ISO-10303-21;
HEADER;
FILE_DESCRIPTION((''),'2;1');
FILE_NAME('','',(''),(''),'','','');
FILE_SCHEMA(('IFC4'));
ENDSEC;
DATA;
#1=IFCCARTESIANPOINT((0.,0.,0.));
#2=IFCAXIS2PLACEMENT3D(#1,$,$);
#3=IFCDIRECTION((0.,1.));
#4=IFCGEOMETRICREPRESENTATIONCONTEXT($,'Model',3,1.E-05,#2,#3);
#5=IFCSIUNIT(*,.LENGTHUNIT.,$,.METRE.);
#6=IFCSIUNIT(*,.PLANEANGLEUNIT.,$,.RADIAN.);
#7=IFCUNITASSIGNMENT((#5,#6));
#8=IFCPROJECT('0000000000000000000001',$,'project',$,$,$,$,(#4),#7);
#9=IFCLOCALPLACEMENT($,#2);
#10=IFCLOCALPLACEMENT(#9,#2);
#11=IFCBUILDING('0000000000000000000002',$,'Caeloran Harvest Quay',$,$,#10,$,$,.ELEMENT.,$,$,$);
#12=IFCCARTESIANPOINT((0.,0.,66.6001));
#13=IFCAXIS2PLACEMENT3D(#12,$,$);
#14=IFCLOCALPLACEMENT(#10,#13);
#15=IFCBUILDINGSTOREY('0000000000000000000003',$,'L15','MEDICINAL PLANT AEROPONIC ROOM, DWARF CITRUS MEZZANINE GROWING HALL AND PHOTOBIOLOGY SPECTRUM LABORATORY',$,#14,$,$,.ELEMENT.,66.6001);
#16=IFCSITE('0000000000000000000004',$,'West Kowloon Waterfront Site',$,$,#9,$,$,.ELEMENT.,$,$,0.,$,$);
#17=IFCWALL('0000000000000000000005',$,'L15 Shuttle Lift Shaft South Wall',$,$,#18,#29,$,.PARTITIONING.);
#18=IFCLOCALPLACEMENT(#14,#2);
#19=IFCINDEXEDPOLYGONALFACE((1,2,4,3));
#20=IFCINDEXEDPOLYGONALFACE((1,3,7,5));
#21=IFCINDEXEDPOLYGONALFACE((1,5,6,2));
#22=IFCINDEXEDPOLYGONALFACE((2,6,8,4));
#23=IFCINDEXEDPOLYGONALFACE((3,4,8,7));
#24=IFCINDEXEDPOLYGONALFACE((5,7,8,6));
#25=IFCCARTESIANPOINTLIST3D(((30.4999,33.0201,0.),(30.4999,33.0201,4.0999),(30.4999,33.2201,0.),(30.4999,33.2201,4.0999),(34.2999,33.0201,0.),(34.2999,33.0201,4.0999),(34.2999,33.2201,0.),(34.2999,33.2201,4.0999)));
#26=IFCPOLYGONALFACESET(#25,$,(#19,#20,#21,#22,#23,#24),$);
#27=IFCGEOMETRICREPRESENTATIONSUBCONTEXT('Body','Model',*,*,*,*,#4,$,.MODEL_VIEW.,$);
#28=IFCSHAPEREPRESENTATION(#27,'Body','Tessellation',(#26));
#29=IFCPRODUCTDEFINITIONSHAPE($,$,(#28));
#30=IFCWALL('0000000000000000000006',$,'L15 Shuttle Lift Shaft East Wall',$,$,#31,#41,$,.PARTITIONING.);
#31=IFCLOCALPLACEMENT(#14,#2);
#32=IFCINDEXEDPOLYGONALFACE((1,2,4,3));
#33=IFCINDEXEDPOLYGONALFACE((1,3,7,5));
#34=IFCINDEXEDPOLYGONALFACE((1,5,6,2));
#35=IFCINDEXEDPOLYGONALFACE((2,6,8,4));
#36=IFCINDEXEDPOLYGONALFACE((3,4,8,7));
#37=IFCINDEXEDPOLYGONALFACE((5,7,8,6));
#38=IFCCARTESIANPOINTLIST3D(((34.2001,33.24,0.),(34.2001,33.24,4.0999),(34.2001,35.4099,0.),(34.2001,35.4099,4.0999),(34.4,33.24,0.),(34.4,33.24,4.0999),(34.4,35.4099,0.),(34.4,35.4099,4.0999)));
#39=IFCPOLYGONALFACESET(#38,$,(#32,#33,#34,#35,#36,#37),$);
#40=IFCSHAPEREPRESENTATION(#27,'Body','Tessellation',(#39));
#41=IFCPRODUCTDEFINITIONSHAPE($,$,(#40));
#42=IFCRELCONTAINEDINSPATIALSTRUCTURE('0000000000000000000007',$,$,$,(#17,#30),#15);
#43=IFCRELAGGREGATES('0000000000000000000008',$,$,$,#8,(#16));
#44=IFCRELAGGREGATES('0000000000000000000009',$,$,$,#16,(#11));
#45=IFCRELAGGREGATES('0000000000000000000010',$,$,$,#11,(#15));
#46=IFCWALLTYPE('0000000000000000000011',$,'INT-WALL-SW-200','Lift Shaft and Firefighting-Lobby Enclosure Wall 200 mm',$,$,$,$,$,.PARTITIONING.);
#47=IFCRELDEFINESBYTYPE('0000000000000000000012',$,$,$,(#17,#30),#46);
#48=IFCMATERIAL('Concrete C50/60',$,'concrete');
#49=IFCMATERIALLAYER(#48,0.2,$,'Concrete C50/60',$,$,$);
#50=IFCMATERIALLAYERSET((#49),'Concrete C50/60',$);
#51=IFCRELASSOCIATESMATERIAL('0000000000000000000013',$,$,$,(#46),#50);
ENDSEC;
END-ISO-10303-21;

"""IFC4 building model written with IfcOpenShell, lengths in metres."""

from ifc_helpers import new_model, si_unit, direction, frame, frame_2d, origin, place, context, subcontext, project, spatial, rectangle, extrude, material, layer, layer_set, type_object, element, save


model = new_model("IFC4")

# Units and contexts
model_context = context("Model", 3, precision=1e-05, world=origin(), true_north=direction((0.0, 1.0)))
body_context = subcontext(model_context, "Body", "Model", "MODEL_VIEW")
ifc_project = project(units=[si_unit("LENGTHUNIT", "METRE"), si_unit("PLANEANGLEUNIT", "RADIAN")], contexts=[model_context])

# Site, building, storey
site_placement = place(None, origin())
site = spatial("IfcSite", under=ifc_project, at=site_placement, Name="West Kowloon Waterfront Site", CompositionType="ELEMENT", RefElevation=0.0)
building_placement = place(site_placement, origin())
building = spatial("IfcBuilding", under=site, at=building_placement, Name="Caeloran Harvest Quay", CompositionType="ELEMENT")
storey_placement = place(building_placement, frame((0.0, 0.0, 66.6001)))
storey = spatial("IfcBuildingStorey", under=building, at=storey_placement, Name="L15", Description="MEDICINAL PLANT AEROPONIC ROOM, DWARF CITRUS MEZZANINE GROWING HALL AND PHOTOBIOLOGY SPECTRUM LABORATORY", CompositionType="ELEMENT", Elevation=66.6001)

# Walls
ifc_material_1 = material(Name="Concrete C50/60", Category="concrete")
ifc_layer_1 = layer(ifc_material_1, 0.2, Name="Concrete C50/60")
ifc_layer_set_1 = layer_set([ifc_layer_1], Name="Concrete C50/60")
wall_type_1 = type_object("IfcWallType", Name="INT-WALL-SW-200", Description="Lift Shaft and Firefighting-Lobby Enclosure Wall 200 mm", PredefinedType="PARTITIONING", material=ifc_layer_set_1)
for number, where, z_axis, x_axis, name in (
    (1, (30.5, 33.1201, 0.0), (0.0, 0.0, 1.0), (1.0, 0.0, 0.0), "L15 Shuttle Lift Shaft South Wall"),
):
    element("IfcWall", number, at=place(storey_placement, frame(where, z_axis=z_axis, x_axis=x_axis)), inside=storey, type_object=wall_type_1, Name=name, PredefinedType="PARTITIONING", context=body_context, shape_type="SweptSolid", body=[
        extrude(rectangle(XDim=3.8, YDim=0.2, at=frame_2d((1.8999, 0.0))), origin(), (0.0, 0.0, 1.0), 4.0999),
    ])
wall_1_placement = place(storey_placement, frame((34.3, 33.24, 0.0), z_axis=(0.0, 0.0, 1.0), x_axis=(0.0, 1.0, 0.0)))
element("IfcWall", 2, at=wall_1_placement, inside=storey, type_object=wall_type_1, Name="L15 Shuttle Lift Shaft East Wall", PredefinedType="PARTITIONING", context=body_context, shape_type="SweptSolid", body=[
    extrude(rectangle(XDim=2.1699, YDim=0.2, at=frame_2d((1.085, 0.0))), origin(), (0.0, 0.0, 1.0), 4.0999),
])

save(model, "model.ifc")
